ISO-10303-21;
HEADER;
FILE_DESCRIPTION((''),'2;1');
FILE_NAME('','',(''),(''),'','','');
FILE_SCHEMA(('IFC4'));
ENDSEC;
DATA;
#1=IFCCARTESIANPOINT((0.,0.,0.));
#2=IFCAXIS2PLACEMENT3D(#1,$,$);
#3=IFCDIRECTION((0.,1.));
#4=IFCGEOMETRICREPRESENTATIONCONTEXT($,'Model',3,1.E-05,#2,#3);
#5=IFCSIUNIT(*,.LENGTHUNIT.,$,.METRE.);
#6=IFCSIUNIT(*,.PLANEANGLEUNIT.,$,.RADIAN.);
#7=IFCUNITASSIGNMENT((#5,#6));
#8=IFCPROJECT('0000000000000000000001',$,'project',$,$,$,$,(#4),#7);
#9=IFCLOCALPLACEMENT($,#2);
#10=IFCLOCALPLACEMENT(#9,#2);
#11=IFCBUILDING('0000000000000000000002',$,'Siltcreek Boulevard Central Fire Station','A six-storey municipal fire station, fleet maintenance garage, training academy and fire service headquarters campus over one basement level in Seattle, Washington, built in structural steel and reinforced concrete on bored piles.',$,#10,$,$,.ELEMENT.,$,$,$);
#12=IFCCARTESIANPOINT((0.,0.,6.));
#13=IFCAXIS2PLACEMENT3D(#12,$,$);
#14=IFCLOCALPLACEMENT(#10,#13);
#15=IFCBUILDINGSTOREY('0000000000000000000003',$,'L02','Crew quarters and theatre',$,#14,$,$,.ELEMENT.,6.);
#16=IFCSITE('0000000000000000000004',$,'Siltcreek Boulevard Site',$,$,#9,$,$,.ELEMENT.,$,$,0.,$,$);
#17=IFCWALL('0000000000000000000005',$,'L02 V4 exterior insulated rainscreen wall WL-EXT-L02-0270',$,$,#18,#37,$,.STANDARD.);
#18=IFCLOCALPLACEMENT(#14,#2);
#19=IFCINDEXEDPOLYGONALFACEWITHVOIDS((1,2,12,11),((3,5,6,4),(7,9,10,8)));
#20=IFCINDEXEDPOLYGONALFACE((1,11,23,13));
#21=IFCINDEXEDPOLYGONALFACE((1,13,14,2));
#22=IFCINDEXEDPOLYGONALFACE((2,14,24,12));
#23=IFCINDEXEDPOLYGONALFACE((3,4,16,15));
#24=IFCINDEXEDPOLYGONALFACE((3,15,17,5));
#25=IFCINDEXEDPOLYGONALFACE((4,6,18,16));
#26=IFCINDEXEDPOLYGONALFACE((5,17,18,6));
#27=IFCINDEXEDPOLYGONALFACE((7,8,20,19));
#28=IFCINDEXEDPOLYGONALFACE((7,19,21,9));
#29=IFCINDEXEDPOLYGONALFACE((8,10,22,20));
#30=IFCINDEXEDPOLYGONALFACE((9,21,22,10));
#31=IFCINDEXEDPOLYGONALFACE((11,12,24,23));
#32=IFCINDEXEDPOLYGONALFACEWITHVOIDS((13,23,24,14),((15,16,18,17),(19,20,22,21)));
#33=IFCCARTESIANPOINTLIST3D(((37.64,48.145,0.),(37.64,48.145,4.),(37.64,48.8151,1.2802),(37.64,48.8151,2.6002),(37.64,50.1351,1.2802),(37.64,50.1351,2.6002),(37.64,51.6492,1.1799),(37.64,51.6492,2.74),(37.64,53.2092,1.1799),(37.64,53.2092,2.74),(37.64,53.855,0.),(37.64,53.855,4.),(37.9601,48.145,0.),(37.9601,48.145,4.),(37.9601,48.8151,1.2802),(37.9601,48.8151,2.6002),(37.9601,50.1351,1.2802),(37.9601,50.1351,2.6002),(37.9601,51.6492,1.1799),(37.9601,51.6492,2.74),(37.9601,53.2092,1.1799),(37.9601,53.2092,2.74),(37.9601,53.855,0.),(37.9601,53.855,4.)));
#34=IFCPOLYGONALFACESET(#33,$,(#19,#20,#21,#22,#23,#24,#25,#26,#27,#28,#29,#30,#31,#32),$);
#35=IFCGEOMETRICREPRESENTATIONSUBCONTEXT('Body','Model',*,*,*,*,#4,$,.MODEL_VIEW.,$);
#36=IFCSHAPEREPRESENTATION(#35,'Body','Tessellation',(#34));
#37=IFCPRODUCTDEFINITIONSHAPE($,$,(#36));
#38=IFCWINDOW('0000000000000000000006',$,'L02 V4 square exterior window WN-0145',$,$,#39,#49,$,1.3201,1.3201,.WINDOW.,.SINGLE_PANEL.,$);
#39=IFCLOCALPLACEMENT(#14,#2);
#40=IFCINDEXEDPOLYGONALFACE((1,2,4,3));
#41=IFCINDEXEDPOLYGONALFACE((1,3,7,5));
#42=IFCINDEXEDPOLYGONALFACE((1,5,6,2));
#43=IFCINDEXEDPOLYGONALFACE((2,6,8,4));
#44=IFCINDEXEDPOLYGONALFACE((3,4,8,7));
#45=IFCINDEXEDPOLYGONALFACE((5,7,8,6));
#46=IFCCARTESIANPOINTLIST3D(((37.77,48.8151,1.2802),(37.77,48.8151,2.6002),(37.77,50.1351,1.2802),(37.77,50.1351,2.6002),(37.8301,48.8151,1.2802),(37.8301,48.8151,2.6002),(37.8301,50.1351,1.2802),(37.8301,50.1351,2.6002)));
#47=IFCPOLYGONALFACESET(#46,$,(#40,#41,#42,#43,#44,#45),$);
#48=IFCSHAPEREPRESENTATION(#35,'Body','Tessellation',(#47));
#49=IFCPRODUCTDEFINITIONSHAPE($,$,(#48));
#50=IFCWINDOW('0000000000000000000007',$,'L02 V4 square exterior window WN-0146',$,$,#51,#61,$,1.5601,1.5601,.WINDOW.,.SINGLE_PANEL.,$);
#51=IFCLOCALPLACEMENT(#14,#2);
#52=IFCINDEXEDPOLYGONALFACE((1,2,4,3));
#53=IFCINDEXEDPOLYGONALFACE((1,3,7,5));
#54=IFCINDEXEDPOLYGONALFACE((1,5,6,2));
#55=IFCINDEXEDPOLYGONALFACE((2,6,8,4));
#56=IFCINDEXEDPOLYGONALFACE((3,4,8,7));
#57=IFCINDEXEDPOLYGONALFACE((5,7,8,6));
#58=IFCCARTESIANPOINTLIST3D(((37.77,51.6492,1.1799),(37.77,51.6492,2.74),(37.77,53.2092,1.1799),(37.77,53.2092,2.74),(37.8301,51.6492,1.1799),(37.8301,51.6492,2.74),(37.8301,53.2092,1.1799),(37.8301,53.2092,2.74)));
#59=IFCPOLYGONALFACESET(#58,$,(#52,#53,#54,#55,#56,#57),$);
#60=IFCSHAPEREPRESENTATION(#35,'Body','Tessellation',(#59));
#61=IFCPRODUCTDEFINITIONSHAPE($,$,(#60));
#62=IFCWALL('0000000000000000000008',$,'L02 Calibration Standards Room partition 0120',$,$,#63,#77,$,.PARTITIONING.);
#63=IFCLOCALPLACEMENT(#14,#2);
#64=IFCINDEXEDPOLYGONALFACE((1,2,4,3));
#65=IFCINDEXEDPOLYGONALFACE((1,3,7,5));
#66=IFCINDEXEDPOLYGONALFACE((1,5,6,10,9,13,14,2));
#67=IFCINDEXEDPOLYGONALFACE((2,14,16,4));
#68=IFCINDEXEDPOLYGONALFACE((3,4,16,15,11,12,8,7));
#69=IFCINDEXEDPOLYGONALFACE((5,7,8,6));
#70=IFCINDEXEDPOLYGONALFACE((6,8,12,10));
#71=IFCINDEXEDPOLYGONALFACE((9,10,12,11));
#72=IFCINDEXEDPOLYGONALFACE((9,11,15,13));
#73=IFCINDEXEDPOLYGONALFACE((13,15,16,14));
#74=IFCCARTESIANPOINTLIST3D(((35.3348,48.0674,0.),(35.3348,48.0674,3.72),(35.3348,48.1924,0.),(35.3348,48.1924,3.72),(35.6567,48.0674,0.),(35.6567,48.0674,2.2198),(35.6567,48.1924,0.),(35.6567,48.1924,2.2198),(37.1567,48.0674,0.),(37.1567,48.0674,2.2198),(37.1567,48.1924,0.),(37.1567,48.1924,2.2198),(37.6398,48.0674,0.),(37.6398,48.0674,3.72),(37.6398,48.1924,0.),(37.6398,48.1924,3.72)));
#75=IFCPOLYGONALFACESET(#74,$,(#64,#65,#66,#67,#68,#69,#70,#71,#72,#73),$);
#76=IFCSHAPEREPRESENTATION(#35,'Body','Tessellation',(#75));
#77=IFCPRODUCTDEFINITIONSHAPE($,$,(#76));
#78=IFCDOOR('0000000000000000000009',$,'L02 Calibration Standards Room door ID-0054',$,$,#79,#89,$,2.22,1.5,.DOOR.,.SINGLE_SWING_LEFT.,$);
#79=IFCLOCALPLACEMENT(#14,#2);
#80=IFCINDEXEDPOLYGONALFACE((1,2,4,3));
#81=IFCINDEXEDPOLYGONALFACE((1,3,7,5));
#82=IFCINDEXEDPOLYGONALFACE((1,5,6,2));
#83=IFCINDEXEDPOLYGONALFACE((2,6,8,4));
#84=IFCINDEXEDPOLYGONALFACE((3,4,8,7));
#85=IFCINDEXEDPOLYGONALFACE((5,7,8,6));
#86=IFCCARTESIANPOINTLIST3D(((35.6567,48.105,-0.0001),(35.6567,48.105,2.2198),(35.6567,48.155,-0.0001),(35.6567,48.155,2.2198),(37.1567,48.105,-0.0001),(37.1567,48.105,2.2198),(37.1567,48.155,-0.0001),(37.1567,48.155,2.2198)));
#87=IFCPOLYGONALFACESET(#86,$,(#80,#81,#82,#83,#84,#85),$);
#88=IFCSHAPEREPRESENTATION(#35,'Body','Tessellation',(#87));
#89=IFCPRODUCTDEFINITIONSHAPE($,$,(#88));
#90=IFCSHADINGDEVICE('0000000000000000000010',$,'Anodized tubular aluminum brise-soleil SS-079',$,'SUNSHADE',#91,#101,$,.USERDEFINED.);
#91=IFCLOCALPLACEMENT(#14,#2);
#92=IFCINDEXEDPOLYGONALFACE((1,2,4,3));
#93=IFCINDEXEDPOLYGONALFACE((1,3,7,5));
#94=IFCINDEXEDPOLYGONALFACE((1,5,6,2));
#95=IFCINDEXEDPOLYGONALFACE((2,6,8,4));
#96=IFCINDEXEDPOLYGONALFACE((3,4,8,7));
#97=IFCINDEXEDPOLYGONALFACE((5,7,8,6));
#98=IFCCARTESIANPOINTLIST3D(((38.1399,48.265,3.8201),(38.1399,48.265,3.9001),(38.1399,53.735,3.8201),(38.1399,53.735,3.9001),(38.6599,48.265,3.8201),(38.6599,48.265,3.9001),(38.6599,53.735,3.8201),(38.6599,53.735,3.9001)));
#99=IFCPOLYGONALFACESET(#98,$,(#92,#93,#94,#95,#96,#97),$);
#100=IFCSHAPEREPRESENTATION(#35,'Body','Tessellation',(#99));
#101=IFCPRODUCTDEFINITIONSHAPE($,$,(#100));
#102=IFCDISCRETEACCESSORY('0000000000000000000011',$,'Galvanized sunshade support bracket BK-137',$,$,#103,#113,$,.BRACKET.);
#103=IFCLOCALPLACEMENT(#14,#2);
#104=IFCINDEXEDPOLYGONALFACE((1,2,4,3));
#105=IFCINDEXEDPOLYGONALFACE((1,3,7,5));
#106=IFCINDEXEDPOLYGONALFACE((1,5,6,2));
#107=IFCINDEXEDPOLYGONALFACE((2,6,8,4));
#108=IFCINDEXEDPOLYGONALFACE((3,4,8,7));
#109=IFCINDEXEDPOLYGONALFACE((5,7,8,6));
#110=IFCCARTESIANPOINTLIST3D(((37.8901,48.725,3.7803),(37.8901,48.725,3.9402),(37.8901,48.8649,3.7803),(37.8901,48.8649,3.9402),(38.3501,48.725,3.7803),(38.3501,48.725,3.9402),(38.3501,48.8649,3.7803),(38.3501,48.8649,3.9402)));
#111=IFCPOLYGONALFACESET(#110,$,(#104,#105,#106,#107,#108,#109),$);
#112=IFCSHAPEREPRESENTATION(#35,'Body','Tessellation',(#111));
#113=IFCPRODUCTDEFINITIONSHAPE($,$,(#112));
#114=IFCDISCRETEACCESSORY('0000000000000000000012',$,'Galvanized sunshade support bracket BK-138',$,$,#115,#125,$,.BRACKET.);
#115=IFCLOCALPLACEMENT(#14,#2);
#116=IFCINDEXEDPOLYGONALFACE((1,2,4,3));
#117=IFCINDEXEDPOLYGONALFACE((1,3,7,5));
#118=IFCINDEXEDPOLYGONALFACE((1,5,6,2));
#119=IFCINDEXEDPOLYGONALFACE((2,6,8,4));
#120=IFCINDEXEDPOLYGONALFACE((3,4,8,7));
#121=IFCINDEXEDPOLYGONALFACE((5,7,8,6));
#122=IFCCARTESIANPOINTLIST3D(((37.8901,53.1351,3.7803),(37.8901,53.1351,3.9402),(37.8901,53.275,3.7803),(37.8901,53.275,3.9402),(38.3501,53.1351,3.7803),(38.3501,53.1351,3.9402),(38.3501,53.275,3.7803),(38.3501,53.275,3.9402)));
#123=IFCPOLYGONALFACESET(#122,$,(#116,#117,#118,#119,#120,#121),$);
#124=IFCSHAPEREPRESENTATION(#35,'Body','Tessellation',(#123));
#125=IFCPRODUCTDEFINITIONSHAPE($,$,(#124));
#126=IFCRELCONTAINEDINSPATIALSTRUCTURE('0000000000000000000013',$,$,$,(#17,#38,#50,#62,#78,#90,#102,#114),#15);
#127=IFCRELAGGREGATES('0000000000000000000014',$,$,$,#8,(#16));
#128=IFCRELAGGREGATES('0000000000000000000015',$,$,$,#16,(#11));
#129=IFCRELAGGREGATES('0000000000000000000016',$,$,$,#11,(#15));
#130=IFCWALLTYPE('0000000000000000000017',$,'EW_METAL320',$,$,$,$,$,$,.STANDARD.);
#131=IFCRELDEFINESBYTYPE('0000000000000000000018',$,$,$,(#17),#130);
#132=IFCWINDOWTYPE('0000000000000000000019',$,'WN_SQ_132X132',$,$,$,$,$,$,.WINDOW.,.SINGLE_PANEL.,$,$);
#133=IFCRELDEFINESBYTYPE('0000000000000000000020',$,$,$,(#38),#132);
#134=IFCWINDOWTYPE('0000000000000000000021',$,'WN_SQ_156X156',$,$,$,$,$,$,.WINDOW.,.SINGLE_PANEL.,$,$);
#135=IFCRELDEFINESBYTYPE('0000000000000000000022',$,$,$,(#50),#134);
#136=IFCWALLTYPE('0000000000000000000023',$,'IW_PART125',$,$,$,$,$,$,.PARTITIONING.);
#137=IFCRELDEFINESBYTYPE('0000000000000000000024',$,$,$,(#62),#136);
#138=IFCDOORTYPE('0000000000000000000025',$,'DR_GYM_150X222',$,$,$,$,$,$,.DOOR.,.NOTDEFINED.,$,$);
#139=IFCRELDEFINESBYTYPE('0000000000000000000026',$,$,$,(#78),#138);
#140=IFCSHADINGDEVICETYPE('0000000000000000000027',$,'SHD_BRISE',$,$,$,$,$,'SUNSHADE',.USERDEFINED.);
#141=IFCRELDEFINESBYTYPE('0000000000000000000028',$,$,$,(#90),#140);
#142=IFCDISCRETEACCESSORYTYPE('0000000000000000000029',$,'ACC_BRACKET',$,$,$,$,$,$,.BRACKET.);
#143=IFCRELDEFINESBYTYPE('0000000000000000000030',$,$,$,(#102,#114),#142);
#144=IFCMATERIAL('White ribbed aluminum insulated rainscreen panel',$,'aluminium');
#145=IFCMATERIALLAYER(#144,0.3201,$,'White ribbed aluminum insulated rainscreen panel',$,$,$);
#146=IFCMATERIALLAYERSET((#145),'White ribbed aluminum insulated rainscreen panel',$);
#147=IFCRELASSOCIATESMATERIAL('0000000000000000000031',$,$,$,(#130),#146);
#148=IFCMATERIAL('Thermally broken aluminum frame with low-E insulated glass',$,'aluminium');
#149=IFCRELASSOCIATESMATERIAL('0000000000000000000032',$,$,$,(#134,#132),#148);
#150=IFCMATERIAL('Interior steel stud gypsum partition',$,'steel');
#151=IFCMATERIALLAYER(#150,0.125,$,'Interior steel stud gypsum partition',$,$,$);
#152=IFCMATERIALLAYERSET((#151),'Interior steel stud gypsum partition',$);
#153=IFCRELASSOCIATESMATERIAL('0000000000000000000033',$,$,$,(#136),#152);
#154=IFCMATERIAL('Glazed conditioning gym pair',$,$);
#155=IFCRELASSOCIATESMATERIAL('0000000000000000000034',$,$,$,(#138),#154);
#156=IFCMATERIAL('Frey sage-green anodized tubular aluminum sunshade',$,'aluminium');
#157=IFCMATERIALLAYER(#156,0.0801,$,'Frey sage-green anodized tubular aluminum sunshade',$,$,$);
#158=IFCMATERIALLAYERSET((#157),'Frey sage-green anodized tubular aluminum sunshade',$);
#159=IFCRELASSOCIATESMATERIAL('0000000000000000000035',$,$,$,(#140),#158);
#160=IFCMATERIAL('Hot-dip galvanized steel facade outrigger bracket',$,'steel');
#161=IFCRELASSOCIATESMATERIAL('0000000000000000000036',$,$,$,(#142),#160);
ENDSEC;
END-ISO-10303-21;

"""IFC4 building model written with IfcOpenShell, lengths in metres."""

from ifc_helpers import new_model, si_unit, direction, frame, frame_2d, origin, origin_2d, place, context, subcontext, project, spatial, rectangle, extrude, material, layer, layer_set, type_object, element, fill, save


model = new_model("IFC4")

# Units and contexts
model_context = context("Model", 3, precision=1e-05, world=origin(), true_north=direction((0.0, 1.0)))
body_context = subcontext(model_context, "Body", "Model", "MODEL_VIEW")
ifc_project = project(units=[si_unit("LENGTHUNIT", "METRE"), si_unit("PLANEANGLEUNIT", "RADIAN")], contexts=[model_context])

# Site, building, storey
site_placement = place(None, origin())
site = spatial("IfcSite", under=ifc_project, at=site_placement, Name="Siltcreek Boulevard Site", CompositionType="ELEMENT", RefElevation=0.0)
building_placement = place(site_placement, origin())
building = spatial("IfcBuilding", under=site, at=building_placement, Name="Siltcreek Boulevard Central Fire Station", Description="A six-storey municipal fire station, fleet maintenance garage, training academy and fire service headquarters campus over one basement level in Seattle, Washington, built in structural steel and reinforced concrete on bored piles.", CompositionType="ELEMENT")
storey_placement = place(building_placement, frame((0.0, 0.0, 6.0)))
storey = spatial("IfcBuildingStorey", under=building, at=storey_placement, Name="L02", Description="Crew quarters and theatre", CompositionType="ELEMENT", Elevation=6.0)

# Wall, openings, windows
ifc_material_1 = material(Name="White ribbed aluminum insulated rainscreen panel", Category="aluminium")
ifc_layer_1 = layer(ifc_material_1, 0.3201, Name="White ribbed aluminum insulated rainscreen panel")
ifc_layer_set_1 = layer_set([ifc_layer_1], Name="White ribbed aluminum insulated rainscreen panel")
wall_type_1 = type_object("IfcWallType", Name="EW_METAL320", PredefinedType="STANDARD", material=ifc_layer_set_1)
ifc_material_2 = material(Name="Thermally broken aluminum frame with low-E insulated glass", Category="aluminium")
window_type_1 = type_object("IfcWindowType", Name="WN_SQ_156X156", PartitioningType="SINGLE_PANEL", PredefinedType="WINDOW", material=ifc_material_2)
wall_1_placement = place(storey_placement, frame((37.8, 48.145, 0.0), z_axis=(0.0, 0.0, 1.0), x_axis=(0.0, 1.0, 0.0)))
wall_1 = element("IfcWall", 1, at=wall_1_placement, inside=storey, type_object=wall_type_1, Name="L02 V4 exterior insulated rainscreen wall WL-EXT-L02-0270", PredefinedType="STANDARD", context=body_context, shape_type="SweptSolid", body=[
    extrude(rectangle(XDim=5.71, YDim=0.3201, at=frame_2d((2.855, 0.0))), origin(), (0.0, 0.0, 1.0), 4.0),
])
opening_1_placement = place(wall_1_placement, frame((0.6699, 0.0, 1.28)))
opening_1 = element("IfcOpeningElement", 2, at=opening_1_placement, cuts=wall_1, PredefinedType="OPENING", context=body_context, shape_type="SweptSolid", body=[
    extrude(rectangle(XDim=1.3201, YDim=1.3201, at=frame_2d((0.6602, 0.6602))), frame((0.0, 0.1699, 0.0), z_axis=(0.0, -1.0, 0.0), x_axis=(1.0, 0.0, 0.0)), (0.0, 0.0, 1.0), 0.3401),
])
opening_2_placement = place(wall_1_placement, frame((3.5042, 0.0, 1.1799)))
opening_2 = element("IfcOpeningElement", 3, at=opening_2_placement, cuts=wall_1, PredefinedType="OPENING", context=body_context, shape_type="SweptSolid", body=[
    extrude(rectangle(XDim=1.5601, YDim=1.5601, at=frame_2d((0.78, 0.78))), frame((0.0, 0.1699, 0.0), z_axis=(0.0, -1.0, 0.0), x_axis=(1.0, 0.0, 0.0)), (0.0, 0.0, 1.0), 0.3401),
])
window_type_2 = type_object("IfcWindowType", Name="WN_SQ_132X132", PartitioningType="SINGLE_PANEL", PredefinedType="WINDOW", material=ifc_material_2)
window_1_placement = place(opening_1_placement, origin())
window_1 = element("IfcWindow", 4, at=window_1_placement, inside=storey, type_object=window_type_2, Name="L02 V4 square exterior window WN-0145", OverallHeight=1.3201, OverallWidth=1.3201, PartitioningType="SINGLE_PANEL", PredefinedType="WINDOW", context=body_context, shape_type="SweptSolid", body=[
    extrude(rectangle(XDim=1.3201, YDim=1.3201, at=frame_2d((0.6602, 0.6602))), frame((0.0, 0.03, 0.0), z_axis=(0.0, -1.0, 0.0), x_axis=(1.0, 0.0, 0.0)), (0.0, 0.0, 1.0), 0.0601),
])
fill(opening_1, window_1)
window_2_placement = place(opening_2_placement, origin())
window_2 = element("IfcWindow", 5, at=window_2_placement, inside=storey, type_object=window_type_1, Name="L02 V4 square exterior window WN-0146", OverallHeight=1.5601, OverallWidth=1.5601, PartitioningType="SINGLE_PANEL", PredefinedType="WINDOW", context=body_context, shape_type="SweptSolid", body=[
    extrude(rectangle(XDim=1.5601, YDim=1.5601, at=frame_2d((0.78, 0.78))), frame((0.0, 0.03, 0.0), z_axis=(0.0, -1.0, 0.0), x_axis=(1.0, 0.0, 0.0)), (0.0, 0.0, 1.0), 0.0601),
])
fill(opening_2, window_2)

# Wall, opening, door
ifc_material_3 = material(Name="Interior steel stud gypsum partition", Category="steel")
ifc_layer_2 = layer(ifc_material_3, 0.125, Name="Interior steel stud gypsum partition")
ifc_layer_set_2 = layer_set([ifc_layer_2], Name="Interior steel stud gypsum partition")
wall_type_2 = type_object("IfcWallType", Name="IW_PART125", PredefinedType="PARTITIONING", material=ifc_layer_set_2)
wall_2_placement = place(storey_placement, frame((35.335, 48.1299, 0.0), z_axis=(0.0, 0.0, 1.0), x_axis=(1.0, 0.0, 0.0)))
wall_2 = element("IfcWall", 6, at=wall_2_placement, inside=storey, type_object=wall_type_2, Name="L02 Calibration Standards Room partition 0120", PredefinedType="PARTITIONING", context=body_context, shape_type="SweptSolid", body=[
    extrude(rectangle(XDim=2.3049, YDim=0.125, at=frame_2d((1.1523, 0.0))), origin(), (0.0, 0.0, 1.0), 3.72),
])
opening_3_placement = place(wall_2_placement, frame((0.3218, 0.0, 0.0)))
opening_3 = element("IfcOpeningElement", 7, at=opening_3_placement, cuts=wall_2, PredefinedType="OPENING", context=body_context, shape_type="SweptSolid", body=[
    extrude(rectangle(XDim=1.5, YDim=2.22, at=frame_2d((0.75, 1.1099))), frame((0.0, 0.0725, 0.0), z_axis=(0.0, -1.0, 0.0), x_axis=(1.0, 0.0, 0.0)), (0.0, 0.0, 1.0), 0.145),
])
ifc_material_4 = material(Name="Glazed conditioning gym pair")
door_type = type_object("IfcDoorType", Name="DR_GYM_150X222", OperationType="NOTDEFINED", PredefinedType="DOOR", material=ifc_material_4)
door_placement = place(opening_3_placement, frame((1.5, 0.0, 0.0), z_axis=(0.0, 0.0, 1.0), x_axis=(-1.0, 0.0, 0.0)))
door = element("IfcDoor", 8, at=door_placement, inside=storey, type_object=door_type, Name="L02 Calibration Standards Room door ID-0054", OperationType="SINGLE_SWING_LEFT", OverallHeight=2.22, OverallWidth=1.5, PredefinedType="DOOR", context=body_context, shape_type="SweptSolid", body=[
    extrude(rectangle(XDim=1.5, YDim=2.22, at=frame_2d((0.75, 1.1099))), frame((0.0, 0.0249, 0.0), z_axis=(0.0, -1.0, 0.0), x_axis=(1.0, 0.0, 0.0)), (0.0, 0.0, 1.0), 0.05),
])
fill(opening_3, door)

# Shading device
ifc_material_5 = material(Name="Frey sage-green anodized tubular aluminum sunshade", Category="aluminium")
ifc_layer_3 = layer(ifc_material_5, 0.0801, Name="Frey sage-green anodized tubular aluminum sunshade")
ifc_layer_set_3 = layer_set([ifc_layer_3], Name="Frey sage-green anodized tubular aluminum sunshade")
shading_device_type = type_object("IfcShadingDeviceType", Name="SHD_BRISE", ElementType="SUNSHADE", PredefinedType="USERDEFINED", material=ifc_layer_set_3)
shading_device_placement = place(storey_placement, frame((38.3999, 51.0, 3.8201), z_axis=(0.0, 0.0, 1.0), x_axis=(0.0, 1.0, 0.0)))
element("IfcShadingDevice", 9, at=shading_device_placement, inside=storey, type_object=shading_device_type, Name="Anodized tubular aluminum brise-soleil SS-079", ObjectType="SUNSHADE", PredefinedType="USERDEFINED", context=body_context, shape_type="SweptSolid", body=[
    extrude(rectangle(XDim=5.47, YDim=0.52, at=origin_2d()), origin(), (0.0, 0.0, 1.0), 0.0801),
])

# Discrete accessories
ifc_material_6 = material(Name="Hot-dip galvanized steel facade outrigger bracket", Category="steel")
discrete_accessory_type = type_object("IfcDiscreteAccessoryType", Name="ACC_BRACKET", PredefinedType="BRACKET", material=ifc_material_6)
for number, where, z_axis, x_axis, name in (
    (10, (38.1201, 48.7949, 3.7803), (0.0, 0.0, 1.0), (0.0, 1.0, 0.0), "Galvanized sunshade support bracket BK-137"),
    (11, (38.1201, 53.2051, 3.7803), (0.0, 0.0, 1.0), (0.0, 1.0, 0.0), "Galvanized sunshade support bracket BK-138"),
):
    element("IfcDiscreteAccessory", number, at=place(storey_placement, frame(where, z_axis=z_axis, x_axis=x_axis)), inside=storey, type_object=discrete_accessory_type, Name=name, PredefinedType="BRACKET", context=body_context, shape_type="SweptSolid", body=[
        extrude(rectangle(XDim=0.1399, YDim=0.46, at=origin_2d()), origin(), (0.0, 0.0, 1.0), 0.1599),
    ])

save(model, "model.ifc")
